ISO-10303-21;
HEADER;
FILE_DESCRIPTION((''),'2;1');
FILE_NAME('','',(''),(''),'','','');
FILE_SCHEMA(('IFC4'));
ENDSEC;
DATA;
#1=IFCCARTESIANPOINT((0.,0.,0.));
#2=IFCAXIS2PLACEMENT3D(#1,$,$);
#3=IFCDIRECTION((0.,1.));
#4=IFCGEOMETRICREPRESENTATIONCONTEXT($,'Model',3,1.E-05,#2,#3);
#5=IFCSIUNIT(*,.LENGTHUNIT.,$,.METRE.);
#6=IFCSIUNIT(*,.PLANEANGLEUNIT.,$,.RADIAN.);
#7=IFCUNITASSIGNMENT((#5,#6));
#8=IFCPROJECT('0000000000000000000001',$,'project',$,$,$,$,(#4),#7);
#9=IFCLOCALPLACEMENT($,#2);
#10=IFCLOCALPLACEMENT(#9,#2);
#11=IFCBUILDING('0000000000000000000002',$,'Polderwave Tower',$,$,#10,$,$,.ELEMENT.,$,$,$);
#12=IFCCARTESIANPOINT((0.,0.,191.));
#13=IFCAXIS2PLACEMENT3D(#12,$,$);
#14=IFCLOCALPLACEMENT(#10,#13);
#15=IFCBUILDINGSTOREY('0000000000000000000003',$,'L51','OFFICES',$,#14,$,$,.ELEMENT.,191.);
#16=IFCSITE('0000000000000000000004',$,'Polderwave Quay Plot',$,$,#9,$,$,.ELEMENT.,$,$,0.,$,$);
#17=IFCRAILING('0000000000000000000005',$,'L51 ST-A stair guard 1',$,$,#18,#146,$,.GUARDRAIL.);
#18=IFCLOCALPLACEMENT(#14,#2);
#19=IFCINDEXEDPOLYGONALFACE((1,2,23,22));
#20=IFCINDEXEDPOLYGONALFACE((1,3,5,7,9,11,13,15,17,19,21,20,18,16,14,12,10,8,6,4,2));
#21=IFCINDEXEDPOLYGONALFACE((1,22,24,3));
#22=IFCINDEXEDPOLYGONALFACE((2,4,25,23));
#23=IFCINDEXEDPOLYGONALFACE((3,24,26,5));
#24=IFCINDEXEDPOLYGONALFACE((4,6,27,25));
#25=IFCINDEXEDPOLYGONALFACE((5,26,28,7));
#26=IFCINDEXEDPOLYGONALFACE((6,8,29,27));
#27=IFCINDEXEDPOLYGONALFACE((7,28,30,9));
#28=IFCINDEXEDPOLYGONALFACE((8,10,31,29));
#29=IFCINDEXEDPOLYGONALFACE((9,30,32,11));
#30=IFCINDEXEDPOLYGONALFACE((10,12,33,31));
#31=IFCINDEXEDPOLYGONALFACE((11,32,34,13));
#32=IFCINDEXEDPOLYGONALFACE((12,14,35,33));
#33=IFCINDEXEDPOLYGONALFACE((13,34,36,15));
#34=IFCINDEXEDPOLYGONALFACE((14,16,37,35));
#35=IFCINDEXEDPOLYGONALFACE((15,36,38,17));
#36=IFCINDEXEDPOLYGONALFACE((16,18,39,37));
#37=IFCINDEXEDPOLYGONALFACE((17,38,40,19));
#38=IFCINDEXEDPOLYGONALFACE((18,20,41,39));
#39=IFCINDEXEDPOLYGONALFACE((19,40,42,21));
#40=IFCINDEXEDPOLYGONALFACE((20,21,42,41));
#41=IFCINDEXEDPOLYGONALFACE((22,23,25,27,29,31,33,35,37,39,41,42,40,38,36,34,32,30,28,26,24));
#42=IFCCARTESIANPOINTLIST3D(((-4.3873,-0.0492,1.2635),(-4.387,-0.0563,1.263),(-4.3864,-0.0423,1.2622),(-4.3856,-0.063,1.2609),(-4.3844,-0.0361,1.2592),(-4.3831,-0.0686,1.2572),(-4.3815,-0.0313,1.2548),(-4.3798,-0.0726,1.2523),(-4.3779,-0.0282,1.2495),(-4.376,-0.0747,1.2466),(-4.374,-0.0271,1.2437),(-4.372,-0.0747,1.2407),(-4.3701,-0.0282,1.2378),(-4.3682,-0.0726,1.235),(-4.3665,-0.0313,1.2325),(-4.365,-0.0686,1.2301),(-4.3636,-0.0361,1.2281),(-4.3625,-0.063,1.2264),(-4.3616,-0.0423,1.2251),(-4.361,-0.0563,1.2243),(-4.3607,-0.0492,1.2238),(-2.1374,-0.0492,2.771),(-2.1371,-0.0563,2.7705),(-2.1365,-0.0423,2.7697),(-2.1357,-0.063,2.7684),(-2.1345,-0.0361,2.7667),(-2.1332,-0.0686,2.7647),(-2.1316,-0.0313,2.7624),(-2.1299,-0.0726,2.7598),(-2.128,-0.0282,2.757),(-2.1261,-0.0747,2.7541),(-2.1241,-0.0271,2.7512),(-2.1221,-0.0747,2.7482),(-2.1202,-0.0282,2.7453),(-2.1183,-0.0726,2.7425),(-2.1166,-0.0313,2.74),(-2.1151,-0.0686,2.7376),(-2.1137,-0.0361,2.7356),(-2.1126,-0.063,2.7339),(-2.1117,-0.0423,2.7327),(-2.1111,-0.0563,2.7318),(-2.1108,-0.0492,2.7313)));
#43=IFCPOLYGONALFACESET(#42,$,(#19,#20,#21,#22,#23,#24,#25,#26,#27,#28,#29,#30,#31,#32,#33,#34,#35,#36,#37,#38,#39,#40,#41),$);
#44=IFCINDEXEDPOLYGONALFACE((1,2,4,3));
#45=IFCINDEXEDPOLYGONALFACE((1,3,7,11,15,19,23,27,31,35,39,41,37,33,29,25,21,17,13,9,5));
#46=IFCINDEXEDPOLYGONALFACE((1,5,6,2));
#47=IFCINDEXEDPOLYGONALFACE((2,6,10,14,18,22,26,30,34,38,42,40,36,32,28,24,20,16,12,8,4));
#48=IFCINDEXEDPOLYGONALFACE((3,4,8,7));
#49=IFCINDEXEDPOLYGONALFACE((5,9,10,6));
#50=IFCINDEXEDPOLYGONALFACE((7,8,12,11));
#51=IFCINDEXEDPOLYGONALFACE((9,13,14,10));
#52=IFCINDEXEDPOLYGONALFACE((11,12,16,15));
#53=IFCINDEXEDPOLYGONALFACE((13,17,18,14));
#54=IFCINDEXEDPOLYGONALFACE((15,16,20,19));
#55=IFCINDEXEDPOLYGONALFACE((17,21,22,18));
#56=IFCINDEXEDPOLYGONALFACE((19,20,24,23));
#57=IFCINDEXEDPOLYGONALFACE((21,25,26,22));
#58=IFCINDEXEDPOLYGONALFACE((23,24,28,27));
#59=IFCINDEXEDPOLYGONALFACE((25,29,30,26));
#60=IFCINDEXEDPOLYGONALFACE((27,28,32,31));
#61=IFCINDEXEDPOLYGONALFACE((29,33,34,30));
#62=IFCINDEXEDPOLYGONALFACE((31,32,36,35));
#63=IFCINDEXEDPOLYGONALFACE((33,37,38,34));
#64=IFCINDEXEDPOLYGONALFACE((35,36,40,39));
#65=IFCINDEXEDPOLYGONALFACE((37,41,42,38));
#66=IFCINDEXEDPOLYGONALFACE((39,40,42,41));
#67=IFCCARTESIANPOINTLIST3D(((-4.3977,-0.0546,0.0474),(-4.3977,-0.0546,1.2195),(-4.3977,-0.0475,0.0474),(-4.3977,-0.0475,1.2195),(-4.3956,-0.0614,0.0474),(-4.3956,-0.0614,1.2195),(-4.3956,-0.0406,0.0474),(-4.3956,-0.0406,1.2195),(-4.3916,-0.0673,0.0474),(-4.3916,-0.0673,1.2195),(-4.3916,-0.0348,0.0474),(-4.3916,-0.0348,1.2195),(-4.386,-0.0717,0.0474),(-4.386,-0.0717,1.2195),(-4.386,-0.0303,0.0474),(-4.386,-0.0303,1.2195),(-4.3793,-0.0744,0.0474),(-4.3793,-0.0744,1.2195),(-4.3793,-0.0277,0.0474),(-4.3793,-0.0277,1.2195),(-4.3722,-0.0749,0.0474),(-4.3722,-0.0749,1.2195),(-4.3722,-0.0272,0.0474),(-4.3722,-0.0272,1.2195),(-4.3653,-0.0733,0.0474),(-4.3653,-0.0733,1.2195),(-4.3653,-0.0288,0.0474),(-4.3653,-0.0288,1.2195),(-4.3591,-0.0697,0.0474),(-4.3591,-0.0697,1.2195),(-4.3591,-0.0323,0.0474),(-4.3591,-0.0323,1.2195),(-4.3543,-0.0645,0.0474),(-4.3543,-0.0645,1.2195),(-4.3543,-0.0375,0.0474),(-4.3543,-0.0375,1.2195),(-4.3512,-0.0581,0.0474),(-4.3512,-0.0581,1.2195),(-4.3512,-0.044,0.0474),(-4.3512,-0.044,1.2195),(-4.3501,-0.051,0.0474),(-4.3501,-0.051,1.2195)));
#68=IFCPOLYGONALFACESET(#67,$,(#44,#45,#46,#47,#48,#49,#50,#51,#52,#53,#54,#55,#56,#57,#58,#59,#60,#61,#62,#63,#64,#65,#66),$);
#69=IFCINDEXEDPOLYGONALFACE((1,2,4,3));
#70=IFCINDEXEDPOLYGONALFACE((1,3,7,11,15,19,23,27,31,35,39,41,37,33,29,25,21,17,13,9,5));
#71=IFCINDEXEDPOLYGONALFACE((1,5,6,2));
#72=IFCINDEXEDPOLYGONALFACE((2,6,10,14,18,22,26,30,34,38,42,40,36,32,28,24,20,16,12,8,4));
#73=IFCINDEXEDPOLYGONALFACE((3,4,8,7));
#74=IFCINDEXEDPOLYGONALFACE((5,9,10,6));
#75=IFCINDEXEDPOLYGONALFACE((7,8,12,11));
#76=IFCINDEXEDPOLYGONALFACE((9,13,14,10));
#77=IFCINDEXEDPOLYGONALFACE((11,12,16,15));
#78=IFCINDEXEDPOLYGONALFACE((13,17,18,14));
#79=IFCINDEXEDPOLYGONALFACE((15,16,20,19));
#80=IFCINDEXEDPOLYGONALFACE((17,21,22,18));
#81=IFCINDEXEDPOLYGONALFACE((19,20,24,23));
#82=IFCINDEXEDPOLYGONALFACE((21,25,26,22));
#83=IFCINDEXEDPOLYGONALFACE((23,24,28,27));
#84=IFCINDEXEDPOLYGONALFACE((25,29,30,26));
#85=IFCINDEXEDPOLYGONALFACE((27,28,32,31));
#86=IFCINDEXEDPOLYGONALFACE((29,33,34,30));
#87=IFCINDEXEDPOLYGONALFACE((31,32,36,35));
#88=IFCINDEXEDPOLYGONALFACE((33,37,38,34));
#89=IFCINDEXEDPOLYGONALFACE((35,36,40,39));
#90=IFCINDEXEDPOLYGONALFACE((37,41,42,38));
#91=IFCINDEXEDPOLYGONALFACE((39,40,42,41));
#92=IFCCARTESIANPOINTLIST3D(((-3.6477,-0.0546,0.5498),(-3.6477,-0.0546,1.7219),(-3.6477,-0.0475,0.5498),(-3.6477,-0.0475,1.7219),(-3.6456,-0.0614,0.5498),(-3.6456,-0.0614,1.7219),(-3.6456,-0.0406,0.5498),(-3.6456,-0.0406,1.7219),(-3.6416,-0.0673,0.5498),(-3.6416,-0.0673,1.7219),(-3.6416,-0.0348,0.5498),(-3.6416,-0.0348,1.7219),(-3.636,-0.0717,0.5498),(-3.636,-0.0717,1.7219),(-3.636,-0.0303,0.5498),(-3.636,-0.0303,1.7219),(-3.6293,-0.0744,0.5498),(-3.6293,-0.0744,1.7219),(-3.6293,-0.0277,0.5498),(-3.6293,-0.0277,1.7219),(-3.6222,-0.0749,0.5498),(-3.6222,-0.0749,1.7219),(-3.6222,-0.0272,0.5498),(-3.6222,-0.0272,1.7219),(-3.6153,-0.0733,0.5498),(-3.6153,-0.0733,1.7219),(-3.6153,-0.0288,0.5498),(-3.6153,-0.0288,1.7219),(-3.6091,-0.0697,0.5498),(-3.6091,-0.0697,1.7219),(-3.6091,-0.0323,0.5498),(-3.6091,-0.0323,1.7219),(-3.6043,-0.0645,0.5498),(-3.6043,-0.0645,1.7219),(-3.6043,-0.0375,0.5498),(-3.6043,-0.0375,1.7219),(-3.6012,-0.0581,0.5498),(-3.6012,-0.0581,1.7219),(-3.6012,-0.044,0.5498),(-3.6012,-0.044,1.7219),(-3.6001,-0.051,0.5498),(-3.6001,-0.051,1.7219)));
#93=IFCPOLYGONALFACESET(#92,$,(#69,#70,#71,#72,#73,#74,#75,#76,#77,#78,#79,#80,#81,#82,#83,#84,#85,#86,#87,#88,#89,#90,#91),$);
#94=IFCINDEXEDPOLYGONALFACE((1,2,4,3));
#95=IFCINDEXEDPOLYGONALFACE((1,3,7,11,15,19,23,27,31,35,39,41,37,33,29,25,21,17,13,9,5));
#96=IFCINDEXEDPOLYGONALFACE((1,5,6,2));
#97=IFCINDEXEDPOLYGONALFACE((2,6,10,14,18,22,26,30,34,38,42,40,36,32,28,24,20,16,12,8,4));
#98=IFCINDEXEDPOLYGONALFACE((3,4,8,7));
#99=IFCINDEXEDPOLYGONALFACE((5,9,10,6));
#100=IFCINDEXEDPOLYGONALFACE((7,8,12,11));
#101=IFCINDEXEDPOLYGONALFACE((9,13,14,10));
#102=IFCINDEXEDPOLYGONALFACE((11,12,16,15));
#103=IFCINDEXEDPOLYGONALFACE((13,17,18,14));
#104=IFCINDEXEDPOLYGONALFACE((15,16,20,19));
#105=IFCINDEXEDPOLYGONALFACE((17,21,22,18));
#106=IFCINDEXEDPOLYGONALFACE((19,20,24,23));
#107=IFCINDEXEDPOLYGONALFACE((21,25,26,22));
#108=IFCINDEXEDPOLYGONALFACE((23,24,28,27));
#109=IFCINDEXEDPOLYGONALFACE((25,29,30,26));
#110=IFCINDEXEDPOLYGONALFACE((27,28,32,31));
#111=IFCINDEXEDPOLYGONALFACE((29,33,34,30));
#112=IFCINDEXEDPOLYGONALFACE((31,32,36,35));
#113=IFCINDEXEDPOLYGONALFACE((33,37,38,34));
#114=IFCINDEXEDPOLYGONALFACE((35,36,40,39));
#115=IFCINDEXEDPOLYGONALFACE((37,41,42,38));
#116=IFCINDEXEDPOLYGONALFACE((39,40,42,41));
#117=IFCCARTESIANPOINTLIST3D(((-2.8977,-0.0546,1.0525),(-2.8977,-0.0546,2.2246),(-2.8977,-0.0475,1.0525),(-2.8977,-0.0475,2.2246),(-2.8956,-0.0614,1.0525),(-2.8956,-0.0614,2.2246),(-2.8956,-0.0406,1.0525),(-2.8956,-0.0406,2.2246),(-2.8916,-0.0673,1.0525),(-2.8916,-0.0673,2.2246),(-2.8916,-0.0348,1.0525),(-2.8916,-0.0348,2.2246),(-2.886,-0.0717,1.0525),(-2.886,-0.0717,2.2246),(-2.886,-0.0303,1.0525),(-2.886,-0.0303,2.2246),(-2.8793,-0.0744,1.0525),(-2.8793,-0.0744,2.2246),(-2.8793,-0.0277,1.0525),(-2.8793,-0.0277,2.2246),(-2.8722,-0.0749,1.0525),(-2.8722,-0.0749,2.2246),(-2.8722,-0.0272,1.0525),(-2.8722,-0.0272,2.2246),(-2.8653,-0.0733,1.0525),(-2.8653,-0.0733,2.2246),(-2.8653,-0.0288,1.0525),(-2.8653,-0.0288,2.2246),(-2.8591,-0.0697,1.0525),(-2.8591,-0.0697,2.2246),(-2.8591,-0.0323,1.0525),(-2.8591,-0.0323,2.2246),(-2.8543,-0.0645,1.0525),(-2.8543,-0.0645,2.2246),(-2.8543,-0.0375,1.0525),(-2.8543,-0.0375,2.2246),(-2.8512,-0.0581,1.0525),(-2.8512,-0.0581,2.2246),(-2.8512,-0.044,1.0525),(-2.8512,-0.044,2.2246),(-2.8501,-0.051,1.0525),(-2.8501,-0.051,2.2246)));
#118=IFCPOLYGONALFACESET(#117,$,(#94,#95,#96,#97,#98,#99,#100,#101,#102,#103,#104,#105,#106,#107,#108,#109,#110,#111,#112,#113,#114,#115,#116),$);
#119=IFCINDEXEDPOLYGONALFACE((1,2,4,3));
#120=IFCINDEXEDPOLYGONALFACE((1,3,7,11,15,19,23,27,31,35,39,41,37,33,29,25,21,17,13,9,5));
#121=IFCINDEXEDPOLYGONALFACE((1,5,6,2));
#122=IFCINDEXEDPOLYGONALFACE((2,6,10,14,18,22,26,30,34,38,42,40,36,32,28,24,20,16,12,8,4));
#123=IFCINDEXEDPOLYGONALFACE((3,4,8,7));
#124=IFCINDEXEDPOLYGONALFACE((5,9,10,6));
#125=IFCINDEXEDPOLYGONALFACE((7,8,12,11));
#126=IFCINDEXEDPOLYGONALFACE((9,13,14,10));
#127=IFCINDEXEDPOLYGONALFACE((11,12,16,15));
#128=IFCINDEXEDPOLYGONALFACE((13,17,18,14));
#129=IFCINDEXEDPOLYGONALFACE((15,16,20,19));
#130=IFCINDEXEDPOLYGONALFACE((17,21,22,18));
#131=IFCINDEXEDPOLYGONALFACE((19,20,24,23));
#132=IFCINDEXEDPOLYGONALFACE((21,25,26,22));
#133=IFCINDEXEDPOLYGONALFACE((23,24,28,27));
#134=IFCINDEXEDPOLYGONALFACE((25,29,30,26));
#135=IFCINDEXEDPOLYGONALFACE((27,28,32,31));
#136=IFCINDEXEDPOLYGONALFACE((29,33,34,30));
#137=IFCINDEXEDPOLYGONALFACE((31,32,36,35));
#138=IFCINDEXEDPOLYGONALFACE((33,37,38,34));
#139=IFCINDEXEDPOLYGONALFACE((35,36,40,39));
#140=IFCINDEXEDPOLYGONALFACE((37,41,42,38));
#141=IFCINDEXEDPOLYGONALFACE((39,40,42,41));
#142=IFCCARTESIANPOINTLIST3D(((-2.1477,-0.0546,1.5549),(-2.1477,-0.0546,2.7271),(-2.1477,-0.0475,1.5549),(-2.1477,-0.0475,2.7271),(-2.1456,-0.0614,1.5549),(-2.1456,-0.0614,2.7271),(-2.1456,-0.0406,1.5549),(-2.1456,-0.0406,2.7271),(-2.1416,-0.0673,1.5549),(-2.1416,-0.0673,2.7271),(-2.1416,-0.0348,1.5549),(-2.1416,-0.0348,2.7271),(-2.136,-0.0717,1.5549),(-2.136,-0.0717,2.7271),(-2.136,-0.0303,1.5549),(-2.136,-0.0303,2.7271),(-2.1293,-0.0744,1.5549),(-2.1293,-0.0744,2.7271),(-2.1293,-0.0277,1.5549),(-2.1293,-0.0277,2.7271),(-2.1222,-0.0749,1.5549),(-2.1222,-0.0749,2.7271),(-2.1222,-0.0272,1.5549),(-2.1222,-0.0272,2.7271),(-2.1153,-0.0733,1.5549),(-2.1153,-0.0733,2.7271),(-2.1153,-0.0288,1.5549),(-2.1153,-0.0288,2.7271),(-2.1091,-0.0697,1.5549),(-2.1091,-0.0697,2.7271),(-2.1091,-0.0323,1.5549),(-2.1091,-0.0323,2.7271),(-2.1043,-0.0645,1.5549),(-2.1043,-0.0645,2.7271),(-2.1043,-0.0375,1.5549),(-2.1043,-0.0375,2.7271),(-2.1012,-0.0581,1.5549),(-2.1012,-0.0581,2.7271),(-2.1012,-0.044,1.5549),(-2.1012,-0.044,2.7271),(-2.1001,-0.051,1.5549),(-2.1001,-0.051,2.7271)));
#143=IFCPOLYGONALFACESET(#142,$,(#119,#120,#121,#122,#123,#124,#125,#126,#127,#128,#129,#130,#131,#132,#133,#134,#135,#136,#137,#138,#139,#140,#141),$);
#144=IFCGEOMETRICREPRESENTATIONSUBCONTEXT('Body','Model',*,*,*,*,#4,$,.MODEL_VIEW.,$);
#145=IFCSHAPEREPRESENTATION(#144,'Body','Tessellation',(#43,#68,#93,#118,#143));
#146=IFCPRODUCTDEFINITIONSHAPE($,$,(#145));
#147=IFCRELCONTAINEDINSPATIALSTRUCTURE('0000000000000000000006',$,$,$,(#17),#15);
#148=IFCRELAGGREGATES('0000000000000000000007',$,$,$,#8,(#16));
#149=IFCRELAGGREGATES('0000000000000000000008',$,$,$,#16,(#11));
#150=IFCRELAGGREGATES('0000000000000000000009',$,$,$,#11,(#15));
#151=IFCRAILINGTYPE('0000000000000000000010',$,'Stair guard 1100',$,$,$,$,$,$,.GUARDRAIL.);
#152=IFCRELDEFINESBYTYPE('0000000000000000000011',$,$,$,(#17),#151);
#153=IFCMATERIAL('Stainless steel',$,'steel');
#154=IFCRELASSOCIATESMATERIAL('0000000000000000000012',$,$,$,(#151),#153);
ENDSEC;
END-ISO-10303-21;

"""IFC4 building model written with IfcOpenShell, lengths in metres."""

from ifc_helpers import new_model, si_unit, direction, frame, origin, origin_2d, place, context, subcontext, project, spatial, circle, extrude, material, type_object, element, save


model = new_model("IFC4")

# Units and contexts
model_context = context("Model", 3, precision=1e-05, world=origin(), true_north=direction((0.0, 1.0)))
body_context = subcontext(model_context, "Body", "Model", "MODEL_VIEW")
ifc_project = project(units=[si_unit("LENGTHUNIT", "METRE"), si_unit("PLANEANGLEUNIT", "RADIAN")], contexts=[model_context])

# Site, building, storey
site_placement = place(None, origin())
site = spatial("IfcSite", under=ifc_project, at=site_placement, Name="Polderwave Quay Plot", CompositionType="ELEMENT", RefElevation=0.0)
building_placement = place(site_placement, origin())
building = spatial("IfcBuilding", under=site, at=building_placement, Name="Polderwave Tower", CompositionType="ELEMENT")
storey_placement = place(building_placement, frame((0.0, 0.0, 191.0)))
storey = spatial("IfcBuildingStorey", under=building, at=storey_placement, Name="L51", Description="OFFICES", CompositionType="ELEMENT", Elevation=191.0)

# Shared definitions
ifc_material_1 = material(Name="Stainless steel", Category="steel")

# Railing
railing_type_1 = type_object("IfcRailingType", Name="Stair guard 1100", PredefinedType="GUARDRAIL", material=ifc_material_1)
railing_1_placement = place(storey_placement, frame((-4.374, -0.051, 0.0474)))
element("IfcRailing", 1, at=railing_1_placement, inside=storey, type_object=railing_type_1, Name="L51 ST-A stair guard 1", PredefinedType="GUARDRAIL", context=body_context, shape_type="SweptSolid", body=[
    extrude(circle(Radius=0.0239, at=origin_2d()), frame((0.0, 0.0, 1.1963), z_axis=(0.830758, 0.0, 0.556633), x_axis=(0.0, 1.0, 0.0)), (0.0, 0.0, 1.0), 2.7083),
    extrude(circle(Radius=0.0239, at=origin_2d()), origin(), (0.0, 0.0, 1.0), 1.1721),
    extrude(circle(Radius=0.0239, at=origin_2d()), frame((0.75, 0.0, 0.5024)), (0.0, 0.0, 1.0), 1.1721),
    extrude(circle(Radius=0.0239, at=origin_2d()), frame((1.5, 0.0, 1.0051)), (0.0, 0.0, 1.0), 1.1721),
    extrude(circle(Radius=0.0239, at=origin_2d()), frame((2.25, 0.0, 1.5076)), (0.0, 0.0, 1.0), 1.1721),
])

save(model, "model.ifc")
